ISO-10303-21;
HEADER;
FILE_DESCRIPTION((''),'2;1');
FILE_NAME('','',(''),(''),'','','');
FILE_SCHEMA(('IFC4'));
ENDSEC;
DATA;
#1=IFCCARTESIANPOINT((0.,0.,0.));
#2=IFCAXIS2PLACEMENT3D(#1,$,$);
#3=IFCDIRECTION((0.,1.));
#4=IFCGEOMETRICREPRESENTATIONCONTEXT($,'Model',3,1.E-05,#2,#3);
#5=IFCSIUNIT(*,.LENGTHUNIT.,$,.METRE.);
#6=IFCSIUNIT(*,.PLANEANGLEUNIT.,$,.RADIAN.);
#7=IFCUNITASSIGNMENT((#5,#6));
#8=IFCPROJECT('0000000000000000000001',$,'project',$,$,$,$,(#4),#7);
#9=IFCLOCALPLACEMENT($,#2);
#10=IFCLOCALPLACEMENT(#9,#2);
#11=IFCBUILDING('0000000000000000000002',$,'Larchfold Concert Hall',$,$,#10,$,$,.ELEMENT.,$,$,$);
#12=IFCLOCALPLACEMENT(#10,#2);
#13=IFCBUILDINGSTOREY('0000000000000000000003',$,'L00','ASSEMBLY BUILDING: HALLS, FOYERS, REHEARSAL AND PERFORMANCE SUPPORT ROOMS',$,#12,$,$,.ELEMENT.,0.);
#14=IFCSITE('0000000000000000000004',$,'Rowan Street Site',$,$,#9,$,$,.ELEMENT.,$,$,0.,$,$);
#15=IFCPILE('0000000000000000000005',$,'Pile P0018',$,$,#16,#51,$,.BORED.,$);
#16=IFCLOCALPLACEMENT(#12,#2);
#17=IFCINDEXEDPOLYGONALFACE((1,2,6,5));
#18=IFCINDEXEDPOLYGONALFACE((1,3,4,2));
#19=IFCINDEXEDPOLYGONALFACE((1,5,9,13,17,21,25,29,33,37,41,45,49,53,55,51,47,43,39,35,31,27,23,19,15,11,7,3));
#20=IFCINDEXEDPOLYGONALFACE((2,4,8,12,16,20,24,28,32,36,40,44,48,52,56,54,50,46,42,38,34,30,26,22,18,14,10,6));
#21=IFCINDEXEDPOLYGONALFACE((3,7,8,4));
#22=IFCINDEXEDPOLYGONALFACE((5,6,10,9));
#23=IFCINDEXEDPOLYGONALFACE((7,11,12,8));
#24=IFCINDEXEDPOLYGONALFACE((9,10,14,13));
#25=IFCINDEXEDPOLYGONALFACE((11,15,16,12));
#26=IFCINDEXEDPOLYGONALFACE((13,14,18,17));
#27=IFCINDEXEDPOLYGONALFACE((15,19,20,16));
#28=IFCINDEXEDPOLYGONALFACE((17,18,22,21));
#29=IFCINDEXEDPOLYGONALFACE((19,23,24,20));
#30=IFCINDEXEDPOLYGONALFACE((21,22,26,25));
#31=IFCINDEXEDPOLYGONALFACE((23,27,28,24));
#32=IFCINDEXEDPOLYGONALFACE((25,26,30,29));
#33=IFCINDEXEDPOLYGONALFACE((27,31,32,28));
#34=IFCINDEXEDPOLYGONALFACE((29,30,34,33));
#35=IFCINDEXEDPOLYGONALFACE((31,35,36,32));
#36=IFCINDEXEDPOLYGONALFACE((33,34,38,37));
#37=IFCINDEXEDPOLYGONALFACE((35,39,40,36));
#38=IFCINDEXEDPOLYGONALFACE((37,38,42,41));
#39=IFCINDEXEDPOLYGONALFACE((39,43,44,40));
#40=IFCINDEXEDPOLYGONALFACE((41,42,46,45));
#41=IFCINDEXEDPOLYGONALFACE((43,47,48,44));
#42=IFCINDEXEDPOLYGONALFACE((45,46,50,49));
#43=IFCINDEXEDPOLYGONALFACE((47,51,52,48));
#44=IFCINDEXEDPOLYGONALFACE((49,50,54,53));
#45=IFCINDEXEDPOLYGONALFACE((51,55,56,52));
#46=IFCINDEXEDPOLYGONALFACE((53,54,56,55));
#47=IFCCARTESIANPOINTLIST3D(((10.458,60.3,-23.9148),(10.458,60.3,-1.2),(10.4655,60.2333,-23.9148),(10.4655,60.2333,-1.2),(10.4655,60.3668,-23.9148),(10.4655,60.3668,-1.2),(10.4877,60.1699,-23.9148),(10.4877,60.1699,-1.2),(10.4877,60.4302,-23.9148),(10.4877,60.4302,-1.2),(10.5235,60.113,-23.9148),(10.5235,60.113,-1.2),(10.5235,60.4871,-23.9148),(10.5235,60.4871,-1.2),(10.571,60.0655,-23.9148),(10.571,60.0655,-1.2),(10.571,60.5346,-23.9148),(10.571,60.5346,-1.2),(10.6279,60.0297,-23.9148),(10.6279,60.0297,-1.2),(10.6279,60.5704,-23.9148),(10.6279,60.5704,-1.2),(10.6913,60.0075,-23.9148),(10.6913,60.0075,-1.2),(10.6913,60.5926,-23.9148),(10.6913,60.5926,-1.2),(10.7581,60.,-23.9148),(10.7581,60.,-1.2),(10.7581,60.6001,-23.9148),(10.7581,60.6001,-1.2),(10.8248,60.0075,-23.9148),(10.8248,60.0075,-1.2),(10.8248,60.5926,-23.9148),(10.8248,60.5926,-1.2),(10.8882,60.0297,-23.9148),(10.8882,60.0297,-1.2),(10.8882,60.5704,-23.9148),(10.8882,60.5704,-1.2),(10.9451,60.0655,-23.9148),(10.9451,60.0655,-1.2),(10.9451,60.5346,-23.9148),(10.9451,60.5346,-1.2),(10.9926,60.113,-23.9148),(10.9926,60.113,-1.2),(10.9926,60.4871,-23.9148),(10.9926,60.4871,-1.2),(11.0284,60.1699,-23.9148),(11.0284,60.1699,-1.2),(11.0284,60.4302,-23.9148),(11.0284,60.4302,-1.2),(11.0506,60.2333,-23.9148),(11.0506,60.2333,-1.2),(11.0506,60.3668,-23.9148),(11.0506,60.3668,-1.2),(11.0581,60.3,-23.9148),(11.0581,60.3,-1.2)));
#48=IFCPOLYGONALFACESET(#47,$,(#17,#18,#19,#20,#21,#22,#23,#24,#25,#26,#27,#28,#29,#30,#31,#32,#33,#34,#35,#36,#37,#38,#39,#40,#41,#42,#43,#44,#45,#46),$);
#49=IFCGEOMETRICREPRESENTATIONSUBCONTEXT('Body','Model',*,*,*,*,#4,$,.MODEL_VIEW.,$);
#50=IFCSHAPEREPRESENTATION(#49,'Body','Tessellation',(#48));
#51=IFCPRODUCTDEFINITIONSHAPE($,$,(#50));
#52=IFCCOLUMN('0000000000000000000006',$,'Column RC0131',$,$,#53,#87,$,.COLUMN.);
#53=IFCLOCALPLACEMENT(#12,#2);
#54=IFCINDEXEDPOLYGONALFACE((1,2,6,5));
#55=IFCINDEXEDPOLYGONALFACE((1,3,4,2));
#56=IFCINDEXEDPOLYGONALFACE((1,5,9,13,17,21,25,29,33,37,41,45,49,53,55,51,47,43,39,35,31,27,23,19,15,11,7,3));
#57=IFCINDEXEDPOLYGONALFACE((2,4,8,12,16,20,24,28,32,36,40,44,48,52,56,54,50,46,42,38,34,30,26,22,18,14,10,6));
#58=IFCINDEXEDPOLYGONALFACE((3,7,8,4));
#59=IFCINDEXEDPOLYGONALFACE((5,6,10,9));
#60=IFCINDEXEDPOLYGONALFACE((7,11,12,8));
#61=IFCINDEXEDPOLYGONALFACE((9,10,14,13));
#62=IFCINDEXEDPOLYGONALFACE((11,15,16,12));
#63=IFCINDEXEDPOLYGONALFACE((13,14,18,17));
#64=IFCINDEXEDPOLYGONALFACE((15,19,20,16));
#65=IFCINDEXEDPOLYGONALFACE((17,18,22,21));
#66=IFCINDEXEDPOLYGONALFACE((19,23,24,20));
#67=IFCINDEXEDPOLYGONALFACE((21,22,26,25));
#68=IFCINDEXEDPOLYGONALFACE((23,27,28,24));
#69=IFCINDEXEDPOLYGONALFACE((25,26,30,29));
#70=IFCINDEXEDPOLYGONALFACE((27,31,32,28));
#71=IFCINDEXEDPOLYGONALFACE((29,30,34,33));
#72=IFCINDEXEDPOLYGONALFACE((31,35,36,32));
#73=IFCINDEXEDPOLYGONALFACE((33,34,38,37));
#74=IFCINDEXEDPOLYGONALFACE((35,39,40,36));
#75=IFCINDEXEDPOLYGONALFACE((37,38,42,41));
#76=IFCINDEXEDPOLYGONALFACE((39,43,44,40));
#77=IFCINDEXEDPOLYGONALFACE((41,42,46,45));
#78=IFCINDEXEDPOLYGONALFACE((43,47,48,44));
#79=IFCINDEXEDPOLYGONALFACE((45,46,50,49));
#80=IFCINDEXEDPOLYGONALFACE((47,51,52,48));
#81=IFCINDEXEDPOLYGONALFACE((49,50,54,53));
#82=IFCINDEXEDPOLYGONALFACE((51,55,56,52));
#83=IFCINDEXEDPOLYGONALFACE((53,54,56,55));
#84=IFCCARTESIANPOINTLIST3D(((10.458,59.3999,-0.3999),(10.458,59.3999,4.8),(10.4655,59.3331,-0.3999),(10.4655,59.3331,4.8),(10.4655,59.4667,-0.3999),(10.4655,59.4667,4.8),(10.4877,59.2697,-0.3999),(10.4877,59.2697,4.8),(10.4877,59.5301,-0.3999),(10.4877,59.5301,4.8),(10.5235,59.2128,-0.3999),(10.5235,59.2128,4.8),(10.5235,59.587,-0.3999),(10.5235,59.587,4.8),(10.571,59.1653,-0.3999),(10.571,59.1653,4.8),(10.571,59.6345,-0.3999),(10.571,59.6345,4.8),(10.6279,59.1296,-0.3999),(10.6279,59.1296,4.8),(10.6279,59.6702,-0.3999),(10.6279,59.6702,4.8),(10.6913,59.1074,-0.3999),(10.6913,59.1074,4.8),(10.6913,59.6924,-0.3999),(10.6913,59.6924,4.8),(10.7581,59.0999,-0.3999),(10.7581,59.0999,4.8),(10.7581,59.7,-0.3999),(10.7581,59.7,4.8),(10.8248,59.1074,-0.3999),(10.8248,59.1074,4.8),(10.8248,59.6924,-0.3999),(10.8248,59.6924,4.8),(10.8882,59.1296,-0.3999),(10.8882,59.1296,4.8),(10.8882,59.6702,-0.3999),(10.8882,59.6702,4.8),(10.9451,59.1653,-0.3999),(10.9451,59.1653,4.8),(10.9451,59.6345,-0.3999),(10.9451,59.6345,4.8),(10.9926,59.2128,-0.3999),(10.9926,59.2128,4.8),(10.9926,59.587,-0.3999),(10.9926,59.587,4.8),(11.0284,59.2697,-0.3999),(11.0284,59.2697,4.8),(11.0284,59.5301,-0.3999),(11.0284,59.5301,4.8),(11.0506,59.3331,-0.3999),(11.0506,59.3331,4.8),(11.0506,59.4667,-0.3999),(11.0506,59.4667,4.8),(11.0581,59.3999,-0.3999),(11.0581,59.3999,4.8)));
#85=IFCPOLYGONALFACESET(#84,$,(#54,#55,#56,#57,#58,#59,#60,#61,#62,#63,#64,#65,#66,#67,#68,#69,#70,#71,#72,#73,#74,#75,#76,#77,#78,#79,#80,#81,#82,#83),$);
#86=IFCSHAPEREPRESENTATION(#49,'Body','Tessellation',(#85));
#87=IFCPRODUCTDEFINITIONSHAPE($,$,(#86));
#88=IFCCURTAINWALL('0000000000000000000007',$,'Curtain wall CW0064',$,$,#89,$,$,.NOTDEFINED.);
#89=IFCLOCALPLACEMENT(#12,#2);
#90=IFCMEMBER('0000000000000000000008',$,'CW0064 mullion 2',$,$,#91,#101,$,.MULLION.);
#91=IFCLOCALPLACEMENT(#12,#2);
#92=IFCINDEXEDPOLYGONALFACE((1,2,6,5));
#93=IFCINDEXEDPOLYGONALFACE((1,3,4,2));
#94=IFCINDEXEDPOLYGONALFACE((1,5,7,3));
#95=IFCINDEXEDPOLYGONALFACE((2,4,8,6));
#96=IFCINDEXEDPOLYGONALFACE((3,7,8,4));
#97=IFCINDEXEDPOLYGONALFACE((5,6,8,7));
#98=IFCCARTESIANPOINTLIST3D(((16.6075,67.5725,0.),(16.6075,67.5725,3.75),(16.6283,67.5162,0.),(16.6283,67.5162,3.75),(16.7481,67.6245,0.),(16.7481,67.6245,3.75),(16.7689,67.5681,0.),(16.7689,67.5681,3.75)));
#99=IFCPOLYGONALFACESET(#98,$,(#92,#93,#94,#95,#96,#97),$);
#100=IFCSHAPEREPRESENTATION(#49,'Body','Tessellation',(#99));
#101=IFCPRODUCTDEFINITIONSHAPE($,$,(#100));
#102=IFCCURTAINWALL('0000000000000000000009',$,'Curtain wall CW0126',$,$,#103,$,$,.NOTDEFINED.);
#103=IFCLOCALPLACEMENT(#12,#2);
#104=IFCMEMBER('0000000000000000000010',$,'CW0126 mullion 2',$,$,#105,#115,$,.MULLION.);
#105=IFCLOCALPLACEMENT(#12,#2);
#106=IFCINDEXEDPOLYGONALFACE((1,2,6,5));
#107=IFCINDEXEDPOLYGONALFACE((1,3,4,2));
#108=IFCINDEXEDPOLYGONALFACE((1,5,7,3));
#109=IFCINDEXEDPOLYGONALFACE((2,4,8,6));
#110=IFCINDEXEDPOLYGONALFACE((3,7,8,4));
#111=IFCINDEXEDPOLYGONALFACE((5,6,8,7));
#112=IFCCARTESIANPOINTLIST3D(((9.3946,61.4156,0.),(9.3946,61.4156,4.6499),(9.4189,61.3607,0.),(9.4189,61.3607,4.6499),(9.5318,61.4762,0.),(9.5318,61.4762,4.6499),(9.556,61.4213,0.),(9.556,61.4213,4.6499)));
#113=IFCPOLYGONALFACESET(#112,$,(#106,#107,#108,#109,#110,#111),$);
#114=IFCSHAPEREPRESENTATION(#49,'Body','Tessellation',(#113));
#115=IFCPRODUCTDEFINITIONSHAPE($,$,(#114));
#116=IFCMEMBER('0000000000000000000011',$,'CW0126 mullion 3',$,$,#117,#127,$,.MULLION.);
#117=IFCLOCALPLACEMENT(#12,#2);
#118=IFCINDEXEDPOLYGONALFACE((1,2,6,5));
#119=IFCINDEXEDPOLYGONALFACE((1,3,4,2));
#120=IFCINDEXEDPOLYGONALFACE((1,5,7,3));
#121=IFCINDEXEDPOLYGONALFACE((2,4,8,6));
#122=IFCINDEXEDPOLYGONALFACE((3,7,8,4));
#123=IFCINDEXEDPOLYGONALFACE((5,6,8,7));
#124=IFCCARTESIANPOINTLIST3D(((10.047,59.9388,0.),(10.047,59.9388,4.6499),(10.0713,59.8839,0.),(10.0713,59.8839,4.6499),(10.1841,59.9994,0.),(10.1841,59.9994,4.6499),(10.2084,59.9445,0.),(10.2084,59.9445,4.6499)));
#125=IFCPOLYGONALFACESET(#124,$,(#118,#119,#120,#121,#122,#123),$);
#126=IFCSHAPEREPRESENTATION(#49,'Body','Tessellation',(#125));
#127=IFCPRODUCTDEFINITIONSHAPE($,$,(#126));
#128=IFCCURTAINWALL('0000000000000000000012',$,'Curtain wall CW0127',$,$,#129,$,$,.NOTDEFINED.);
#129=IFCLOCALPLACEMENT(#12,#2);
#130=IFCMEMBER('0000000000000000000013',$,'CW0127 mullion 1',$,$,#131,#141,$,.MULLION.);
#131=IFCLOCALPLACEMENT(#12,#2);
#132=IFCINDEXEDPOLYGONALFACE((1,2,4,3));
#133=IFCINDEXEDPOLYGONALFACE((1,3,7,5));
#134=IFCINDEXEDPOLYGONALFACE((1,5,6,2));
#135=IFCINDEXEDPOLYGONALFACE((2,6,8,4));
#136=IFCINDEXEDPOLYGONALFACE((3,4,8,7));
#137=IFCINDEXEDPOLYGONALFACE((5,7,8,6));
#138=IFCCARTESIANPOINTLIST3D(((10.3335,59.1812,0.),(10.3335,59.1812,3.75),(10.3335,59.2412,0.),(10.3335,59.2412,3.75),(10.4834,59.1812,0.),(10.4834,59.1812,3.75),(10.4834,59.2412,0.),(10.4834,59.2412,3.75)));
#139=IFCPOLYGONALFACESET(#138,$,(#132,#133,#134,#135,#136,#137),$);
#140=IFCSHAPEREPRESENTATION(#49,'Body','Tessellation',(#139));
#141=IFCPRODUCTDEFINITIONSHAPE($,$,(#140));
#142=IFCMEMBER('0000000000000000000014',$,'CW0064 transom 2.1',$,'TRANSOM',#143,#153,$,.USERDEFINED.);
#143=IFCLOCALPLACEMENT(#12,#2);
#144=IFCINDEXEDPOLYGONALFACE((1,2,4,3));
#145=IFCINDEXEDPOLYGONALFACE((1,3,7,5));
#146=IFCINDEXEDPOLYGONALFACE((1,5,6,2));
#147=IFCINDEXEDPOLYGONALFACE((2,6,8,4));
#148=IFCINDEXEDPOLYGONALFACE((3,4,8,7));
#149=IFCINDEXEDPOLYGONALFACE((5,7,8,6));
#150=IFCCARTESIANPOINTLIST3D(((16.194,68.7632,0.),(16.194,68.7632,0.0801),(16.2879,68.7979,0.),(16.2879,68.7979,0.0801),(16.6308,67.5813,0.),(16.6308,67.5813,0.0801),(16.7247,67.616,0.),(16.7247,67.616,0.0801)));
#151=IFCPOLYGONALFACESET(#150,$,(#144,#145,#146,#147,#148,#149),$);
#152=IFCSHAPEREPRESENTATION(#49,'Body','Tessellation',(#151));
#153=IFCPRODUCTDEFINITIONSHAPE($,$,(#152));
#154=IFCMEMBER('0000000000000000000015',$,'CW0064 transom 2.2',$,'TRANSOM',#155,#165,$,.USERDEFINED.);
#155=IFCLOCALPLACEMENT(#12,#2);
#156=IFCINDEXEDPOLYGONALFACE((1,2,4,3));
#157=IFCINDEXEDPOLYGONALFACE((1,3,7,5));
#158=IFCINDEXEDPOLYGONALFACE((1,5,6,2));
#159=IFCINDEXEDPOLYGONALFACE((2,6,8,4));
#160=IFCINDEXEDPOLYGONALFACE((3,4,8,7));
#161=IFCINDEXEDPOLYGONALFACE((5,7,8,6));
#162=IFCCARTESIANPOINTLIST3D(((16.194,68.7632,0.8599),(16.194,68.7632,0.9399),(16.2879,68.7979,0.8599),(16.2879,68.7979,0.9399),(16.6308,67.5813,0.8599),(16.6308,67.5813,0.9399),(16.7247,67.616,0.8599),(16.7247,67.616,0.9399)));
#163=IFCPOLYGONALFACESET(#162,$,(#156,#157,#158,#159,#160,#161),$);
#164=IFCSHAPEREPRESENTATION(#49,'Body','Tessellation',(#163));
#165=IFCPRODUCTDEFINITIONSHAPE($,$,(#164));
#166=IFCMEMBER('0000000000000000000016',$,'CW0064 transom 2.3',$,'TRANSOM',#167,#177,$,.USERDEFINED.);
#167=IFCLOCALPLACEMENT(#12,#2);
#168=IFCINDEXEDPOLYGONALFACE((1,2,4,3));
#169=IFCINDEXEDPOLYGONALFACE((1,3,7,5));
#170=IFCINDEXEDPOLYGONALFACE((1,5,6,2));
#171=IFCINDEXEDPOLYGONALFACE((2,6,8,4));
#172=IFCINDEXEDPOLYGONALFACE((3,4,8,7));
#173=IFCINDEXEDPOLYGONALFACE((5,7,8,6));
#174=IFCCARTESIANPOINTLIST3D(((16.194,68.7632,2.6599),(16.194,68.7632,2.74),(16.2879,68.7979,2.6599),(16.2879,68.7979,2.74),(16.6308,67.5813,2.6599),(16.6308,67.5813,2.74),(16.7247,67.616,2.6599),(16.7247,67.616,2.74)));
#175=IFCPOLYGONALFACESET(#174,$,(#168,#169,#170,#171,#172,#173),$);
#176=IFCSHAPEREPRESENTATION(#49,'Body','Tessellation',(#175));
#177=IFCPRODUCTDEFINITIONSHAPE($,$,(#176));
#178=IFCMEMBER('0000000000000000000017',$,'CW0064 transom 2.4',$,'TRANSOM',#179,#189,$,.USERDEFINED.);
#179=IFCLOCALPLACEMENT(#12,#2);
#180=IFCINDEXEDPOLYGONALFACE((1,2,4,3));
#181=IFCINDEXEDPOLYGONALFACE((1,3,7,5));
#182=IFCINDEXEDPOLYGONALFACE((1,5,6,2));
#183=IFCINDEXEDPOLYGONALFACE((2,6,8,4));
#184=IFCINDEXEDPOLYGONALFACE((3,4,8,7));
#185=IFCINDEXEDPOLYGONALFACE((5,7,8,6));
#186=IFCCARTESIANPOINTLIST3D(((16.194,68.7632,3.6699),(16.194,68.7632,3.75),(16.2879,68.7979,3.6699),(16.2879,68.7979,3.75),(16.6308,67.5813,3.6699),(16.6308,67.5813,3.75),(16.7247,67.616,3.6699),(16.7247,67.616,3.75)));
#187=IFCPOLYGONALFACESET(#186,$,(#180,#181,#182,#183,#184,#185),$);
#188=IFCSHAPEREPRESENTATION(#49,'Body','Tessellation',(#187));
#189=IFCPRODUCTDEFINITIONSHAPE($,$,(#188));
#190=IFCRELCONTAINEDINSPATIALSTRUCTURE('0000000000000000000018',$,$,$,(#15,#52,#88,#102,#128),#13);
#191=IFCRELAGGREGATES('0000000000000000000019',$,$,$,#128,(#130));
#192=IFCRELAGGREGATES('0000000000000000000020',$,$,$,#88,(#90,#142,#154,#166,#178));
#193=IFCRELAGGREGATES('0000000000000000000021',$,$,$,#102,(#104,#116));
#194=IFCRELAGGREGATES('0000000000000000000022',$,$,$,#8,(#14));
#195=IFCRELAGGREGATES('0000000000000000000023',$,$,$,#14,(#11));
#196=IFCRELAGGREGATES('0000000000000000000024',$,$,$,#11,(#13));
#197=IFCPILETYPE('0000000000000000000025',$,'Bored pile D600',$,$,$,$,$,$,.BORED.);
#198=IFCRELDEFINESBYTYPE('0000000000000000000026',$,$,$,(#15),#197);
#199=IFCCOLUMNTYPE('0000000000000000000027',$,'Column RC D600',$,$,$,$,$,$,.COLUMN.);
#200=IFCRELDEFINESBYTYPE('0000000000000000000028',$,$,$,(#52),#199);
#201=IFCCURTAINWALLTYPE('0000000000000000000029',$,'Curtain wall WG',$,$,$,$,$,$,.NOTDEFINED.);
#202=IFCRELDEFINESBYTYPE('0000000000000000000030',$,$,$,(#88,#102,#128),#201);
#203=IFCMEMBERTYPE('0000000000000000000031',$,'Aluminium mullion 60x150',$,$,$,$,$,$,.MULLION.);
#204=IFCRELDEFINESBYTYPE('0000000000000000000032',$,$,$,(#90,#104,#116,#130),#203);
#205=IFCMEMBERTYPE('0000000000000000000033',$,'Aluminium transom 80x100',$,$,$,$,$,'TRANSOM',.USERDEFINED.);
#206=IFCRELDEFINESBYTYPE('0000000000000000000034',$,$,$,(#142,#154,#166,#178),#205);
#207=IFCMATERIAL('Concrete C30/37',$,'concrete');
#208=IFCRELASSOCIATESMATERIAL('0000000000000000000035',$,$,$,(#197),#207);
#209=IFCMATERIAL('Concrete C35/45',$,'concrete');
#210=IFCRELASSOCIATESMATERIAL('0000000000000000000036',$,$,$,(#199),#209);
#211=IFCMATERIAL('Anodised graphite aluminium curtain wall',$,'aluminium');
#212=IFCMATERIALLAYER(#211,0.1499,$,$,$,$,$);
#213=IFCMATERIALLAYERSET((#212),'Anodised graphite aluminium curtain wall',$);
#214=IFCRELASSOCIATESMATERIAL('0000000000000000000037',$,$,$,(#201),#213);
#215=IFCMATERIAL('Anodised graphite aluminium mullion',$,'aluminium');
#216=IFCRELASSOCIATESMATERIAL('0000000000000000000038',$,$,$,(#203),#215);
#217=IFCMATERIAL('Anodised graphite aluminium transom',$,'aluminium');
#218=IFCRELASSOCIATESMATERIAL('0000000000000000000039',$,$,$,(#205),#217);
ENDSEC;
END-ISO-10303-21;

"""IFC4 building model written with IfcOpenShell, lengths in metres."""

from ifc_helpers import new_model, si_unit, direction, frame, origin, origin_2d, place, context, subcontext, project, spatial, rectangle, circle, extrude, material, layer, layer_set, material_profile, profile_set, type_object, element, aggregate, save


model = new_model("IFC4")

# Units and contexts
model_context = context("Model", 3, precision=1e-05, world=origin(), true_north=direction((0.0, 1.0)))
body_context = subcontext(model_context, "Body", "Model", "MODEL_VIEW")
ifc_project = project(units=[si_unit("LENGTHUNIT", "METRE"), si_unit("PLANEANGLEUNIT", "RADIAN")], contexts=[model_context])

# Site, building, storey
site_placement = place(None, origin())
site = spatial("IfcSite", under=ifc_project, at=site_placement, Name="Rowan Street Site", CompositionType="ELEMENT", RefElevation=0.0)
building_placement = place(site_placement, origin())
building = spatial("IfcBuilding", under=site, at=building_placement, Name="Larchfold Concert Hall", CompositionType="ELEMENT")
storey_placement = place(building_placement, origin())
storey = spatial("IfcBuildingStorey", under=building, at=storey_placement, Name="L00", Description="ASSEMBLY BUILDING: HALLS, FOYERS, REHEARSAL AND PERFORMANCE SUPPORT ROOMS", CompositionType="ELEMENT", Elevation=0.0)

# Pile
ifc_material_1 = material(Name="Concrete C30/37", Category="concrete")
ifc_material_profile_1 = material_profile(ifc_material_1, circle(Radius=0.3, at=origin_2d()))
ifc_profile_set_1 = profile_set([ifc_material_profile_1], Name="Concrete C30/37")
pile_type = type_object("IfcPileType", Name="Bored pile D600", PredefinedType="BORED", material=ifc_profile_set_1)
pile_placement = place(storey_placement, frame((10.7581, 60.3, -1.2), z_axis=(0.0, 0.0, -1.0), x_axis=(1.0, 0.0, 0.0)))
element("IfcPile", 1, at=pile_placement, inside=storey, type_object=pile_type, Name="Pile P0018", PredefinedType="BORED", context=body_context, shape_type="SweptSolid", body=[
    extrude(circle(Radius=0.3, at=origin_2d()), origin(), (0.0, 0.0, 1.0), 22.7148),
])

# Column
ifc_material_2 = material(Name="Concrete C35/45", Category="concrete")
ifc_material_profile_2 = material_profile(ifc_material_2, circle(Radius=0.3, at=origin_2d()))
ifc_profile_set_2 = profile_set([ifc_material_profile_2], Name="Concrete C35/45")
column_type = type_object("IfcColumnType", Name="Column RC D600", PredefinedType="COLUMN", material=ifc_profile_set_2)
column_placement = place(storey_placement, frame((10.7581, 59.3999, -0.3999), z_axis=(0.0, 0.0, 1.0), x_axis=(1.0, 0.0, 0.0)))
element("IfcColumn", 2, at=column_placement, inside=storey, type_object=column_type, Name="Column RC0131", PredefinedType="COLUMN", context=body_context, shape_type="SweptSolid", body=[
    extrude(circle(Radius=0.3, at=origin_2d()), origin(), (0.0, 0.0, 1.0), 5.2),
])

# Curtain wall, member
ifc_material_3 = material(Name="Anodised graphite aluminium curtain wall", Category="aluminium")
ifc_layer_1 = layer(ifc_material_3, 0.1499)
ifc_layer_set_1 = layer_set([ifc_layer_1], Name="Anodised graphite aluminium curtain wall")
curtain_wall_type = type_object("IfcCurtainWallType", Name="Curtain wall WG", PredefinedType="NOTDEFINED", material=ifc_layer_set_1)
curtain_wall_1_placement = place(storey_placement, origin())
curtain_wall_1 = element("IfcCurtainWall", 3, at=curtain_wall_1_placement, inside=storey, type_object=curtain_wall_type, Name="Curtain wall CW0064", PredefinedType="NOTDEFINED")
ifc_material_4 = material(Name="Anodised graphite aluminium mullion", Category="aluminium")
ifc_material_profile_3 = material_profile(ifc_material_4, rectangle(XDim=0.1499, YDim=0.0601, at=origin_2d()))
ifc_profile_set_3 = profile_set([ifc_material_profile_3], Name="Anodised graphite aluminium mullion")
member_type_1 = type_object("IfcMemberType", Name="Aluminium mullion 60x150", PredefinedType="MULLION", material=ifc_profile_set_3)
member_1_placement = place(storey_placement, frame((16.6882, 67.5703, 0.0), z_axis=(0.0, 0.0, 1.0), x_axis=(-0.938002, -0.346631, 0.0)))
member_1 = element("IfcMember", 4, at=member_1_placement, type_object=member_type_1, Name="CW0064 mullion 2", PredefinedType="MULLION", context=body_context, shape_type="SweptSolid", body=[
    extrude(rectangle(XDim=0.1499, YDim=0.0601, at=origin_2d()), origin(), (0.0, 0.0, 1.0), 3.75),
])

# Curtain wall, members
curtain_wall_2_placement = place(storey_placement, origin())
curtain_wall_2 = element("IfcCurtainWall", 5, at=curtain_wall_2_placement, inside=storey, type_object=curtain_wall_type, Name="Curtain wall CW0126", PredefinedType="NOTDEFINED")
member_2_placement = place(storey_placement, frame((9.4753, 61.4185, 0.0), z_axis=(0.0, 0.0, 1.0), x_axis=(0.914703, 0.404126, 0.0)))
member_2 = element("IfcMember", 6, at=member_2_placement, type_object=member_type_1, Name="CW0126 mullion 2", PredefinedType="MULLION", context=body_context, shape_type="SweptSolid", body=[
    extrude(rectangle(XDim=0.1499, YDim=0.0601, at=origin_2d()), origin(), (0.0, 0.0, 1.0), 4.6499),
])
member_3_placement = place(storey_placement, frame((10.1277, 59.9417, 0.0), z_axis=(0.0, 0.0, 1.0), x_axis=(0.914703, 0.404126, 0.0)))
member_3 = element("IfcMember", 7, at=member_3_placement, type_object=member_type_1, Name="CW0126 mullion 3", PredefinedType="MULLION", context=body_context, shape_type="SweptSolid", body=[
    extrude(rectangle(XDim=0.1499, YDim=0.0601, at=origin_2d()), origin(), (0.0, 0.0, 1.0), 4.6499),
])

# Curtain wall, member
curtain_wall_3_placement = place(storey_placement, origin())
curtain_wall_3 = element("IfcCurtainWall", 8, at=curtain_wall_3_placement, inside=storey, type_object=curtain_wall_type, Name="Curtain wall CW0127", PredefinedType="NOTDEFINED")
member_4_placement = place(storey_placement, frame((10.4084, 59.2112, 0.0), z_axis=(0.0, 0.0, 1.0), x_axis=(1.0, 0.0, 0.0)))
member_4 = element("IfcMember", 9, at=member_4_placement, type_object=member_type_1, Name="CW0127 mullion 1", PredefinedType="MULLION", context=body_context, shape_type="SweptSolid", body=[
    extrude(rectangle(XDim=0.1499, YDim=0.0601, at=origin_2d()), origin(), (0.0, 0.0, 1.0), 3.75),
])

# Members
ifc_material_5 = material(Name="Anodised graphite aluminium transom", Category="aluminium")
ifc_material_profile_4 = material_profile(ifc_material_5, rectangle(XDim=0.1001, YDim=0.0801, at=origin_2d()))
ifc_profile_set_4 = profile_set([ifc_material_profile_4], Name="Anodised graphite aluminium transom")
member_type_2 = type_object("IfcMemberType", Name="Aluminium transom 80x100", ElementType="TRANSOM", PredefinedType="USERDEFINED", material=ifc_profile_set_4)
member_5_placement = place(storey_placement, frame((16.6777, 67.5986, 0.04), z_axis=(-0.346639, 0.937999, 0.0), x_axis=(-0.937999, -0.346639, 0.0)))
member_5 = element("IfcMember", 10, at=member_5_placement, type_object=member_type_2, Name="CW0064 transom 2.1", ObjectType="TRANSOM", PredefinedType="USERDEFINED", context=body_context, shape_type="SweptSolid", body=[
    extrude(rectangle(XDim=0.1001, YDim=0.0801, at=origin_2d()), origin(), (0.0, 0.0, 1.0), 1.26),
])
member_6_placement = place(storey_placement, frame((16.6777, 67.5986, 0.8999), z_axis=(-0.346639, 0.937999, 0.0), x_axis=(-0.937999, -0.346639, 0.0)))
member_6 = element("IfcMember", 11, at=member_6_placement, type_object=member_type_2, Name="CW0064 transom 2.2", ObjectType="TRANSOM", PredefinedType="USERDEFINED", context=body_context, shape_type="SweptSolid", body=[
    extrude(rectangle(XDim=0.1001, YDim=0.0801, at=origin_2d()), origin(), (0.0, 0.0, 1.0), 1.26),
])
member_7_placement = place(storey_placement, frame((16.6777, 67.5986, 2.7), z_axis=(-0.346639, 0.937999, 0.0), x_axis=(-0.937999, -0.346639, 0.0)))
member_7 = element("IfcMember", 12, at=member_7_placement, type_object=member_type_2, Name="CW0064 transom 2.3", ObjectType="TRANSOM", PredefinedType="USERDEFINED", context=body_context, shape_type="SweptSolid", body=[
    extrude(rectangle(XDim=0.1001, YDim=0.0801, at=origin_2d()), origin(), (0.0, 0.0, 1.0), 1.26),
])
member_8_placement = place(storey_placement, frame((16.6777, 67.5986, 3.71), z_axis=(-0.346639, 0.937999, 0.0), x_axis=(-0.937999, -0.346639, 0.0)))
member_8 = element("IfcMember", 13, at=member_8_placement, type_object=member_type_2, Name="CW0064 transom 2.4", ObjectType="TRANSOM", PredefinedType="USERDEFINED", context=body_context, shape_type="SweptSolid", body=[
    extrude(rectangle(XDim=0.1001, YDim=0.0801, at=origin_2d()), origin(), (0.0, 0.0, 1.0), 1.26),
])
aggregate(curtain_wall_3, [member_4])

aggregate(curtain_wall_1, [member_1, member_5, member_6, member_7, member_8])
aggregate(curtain_wall_2, [member_2, member_3])

save(model, "model.ifc")
